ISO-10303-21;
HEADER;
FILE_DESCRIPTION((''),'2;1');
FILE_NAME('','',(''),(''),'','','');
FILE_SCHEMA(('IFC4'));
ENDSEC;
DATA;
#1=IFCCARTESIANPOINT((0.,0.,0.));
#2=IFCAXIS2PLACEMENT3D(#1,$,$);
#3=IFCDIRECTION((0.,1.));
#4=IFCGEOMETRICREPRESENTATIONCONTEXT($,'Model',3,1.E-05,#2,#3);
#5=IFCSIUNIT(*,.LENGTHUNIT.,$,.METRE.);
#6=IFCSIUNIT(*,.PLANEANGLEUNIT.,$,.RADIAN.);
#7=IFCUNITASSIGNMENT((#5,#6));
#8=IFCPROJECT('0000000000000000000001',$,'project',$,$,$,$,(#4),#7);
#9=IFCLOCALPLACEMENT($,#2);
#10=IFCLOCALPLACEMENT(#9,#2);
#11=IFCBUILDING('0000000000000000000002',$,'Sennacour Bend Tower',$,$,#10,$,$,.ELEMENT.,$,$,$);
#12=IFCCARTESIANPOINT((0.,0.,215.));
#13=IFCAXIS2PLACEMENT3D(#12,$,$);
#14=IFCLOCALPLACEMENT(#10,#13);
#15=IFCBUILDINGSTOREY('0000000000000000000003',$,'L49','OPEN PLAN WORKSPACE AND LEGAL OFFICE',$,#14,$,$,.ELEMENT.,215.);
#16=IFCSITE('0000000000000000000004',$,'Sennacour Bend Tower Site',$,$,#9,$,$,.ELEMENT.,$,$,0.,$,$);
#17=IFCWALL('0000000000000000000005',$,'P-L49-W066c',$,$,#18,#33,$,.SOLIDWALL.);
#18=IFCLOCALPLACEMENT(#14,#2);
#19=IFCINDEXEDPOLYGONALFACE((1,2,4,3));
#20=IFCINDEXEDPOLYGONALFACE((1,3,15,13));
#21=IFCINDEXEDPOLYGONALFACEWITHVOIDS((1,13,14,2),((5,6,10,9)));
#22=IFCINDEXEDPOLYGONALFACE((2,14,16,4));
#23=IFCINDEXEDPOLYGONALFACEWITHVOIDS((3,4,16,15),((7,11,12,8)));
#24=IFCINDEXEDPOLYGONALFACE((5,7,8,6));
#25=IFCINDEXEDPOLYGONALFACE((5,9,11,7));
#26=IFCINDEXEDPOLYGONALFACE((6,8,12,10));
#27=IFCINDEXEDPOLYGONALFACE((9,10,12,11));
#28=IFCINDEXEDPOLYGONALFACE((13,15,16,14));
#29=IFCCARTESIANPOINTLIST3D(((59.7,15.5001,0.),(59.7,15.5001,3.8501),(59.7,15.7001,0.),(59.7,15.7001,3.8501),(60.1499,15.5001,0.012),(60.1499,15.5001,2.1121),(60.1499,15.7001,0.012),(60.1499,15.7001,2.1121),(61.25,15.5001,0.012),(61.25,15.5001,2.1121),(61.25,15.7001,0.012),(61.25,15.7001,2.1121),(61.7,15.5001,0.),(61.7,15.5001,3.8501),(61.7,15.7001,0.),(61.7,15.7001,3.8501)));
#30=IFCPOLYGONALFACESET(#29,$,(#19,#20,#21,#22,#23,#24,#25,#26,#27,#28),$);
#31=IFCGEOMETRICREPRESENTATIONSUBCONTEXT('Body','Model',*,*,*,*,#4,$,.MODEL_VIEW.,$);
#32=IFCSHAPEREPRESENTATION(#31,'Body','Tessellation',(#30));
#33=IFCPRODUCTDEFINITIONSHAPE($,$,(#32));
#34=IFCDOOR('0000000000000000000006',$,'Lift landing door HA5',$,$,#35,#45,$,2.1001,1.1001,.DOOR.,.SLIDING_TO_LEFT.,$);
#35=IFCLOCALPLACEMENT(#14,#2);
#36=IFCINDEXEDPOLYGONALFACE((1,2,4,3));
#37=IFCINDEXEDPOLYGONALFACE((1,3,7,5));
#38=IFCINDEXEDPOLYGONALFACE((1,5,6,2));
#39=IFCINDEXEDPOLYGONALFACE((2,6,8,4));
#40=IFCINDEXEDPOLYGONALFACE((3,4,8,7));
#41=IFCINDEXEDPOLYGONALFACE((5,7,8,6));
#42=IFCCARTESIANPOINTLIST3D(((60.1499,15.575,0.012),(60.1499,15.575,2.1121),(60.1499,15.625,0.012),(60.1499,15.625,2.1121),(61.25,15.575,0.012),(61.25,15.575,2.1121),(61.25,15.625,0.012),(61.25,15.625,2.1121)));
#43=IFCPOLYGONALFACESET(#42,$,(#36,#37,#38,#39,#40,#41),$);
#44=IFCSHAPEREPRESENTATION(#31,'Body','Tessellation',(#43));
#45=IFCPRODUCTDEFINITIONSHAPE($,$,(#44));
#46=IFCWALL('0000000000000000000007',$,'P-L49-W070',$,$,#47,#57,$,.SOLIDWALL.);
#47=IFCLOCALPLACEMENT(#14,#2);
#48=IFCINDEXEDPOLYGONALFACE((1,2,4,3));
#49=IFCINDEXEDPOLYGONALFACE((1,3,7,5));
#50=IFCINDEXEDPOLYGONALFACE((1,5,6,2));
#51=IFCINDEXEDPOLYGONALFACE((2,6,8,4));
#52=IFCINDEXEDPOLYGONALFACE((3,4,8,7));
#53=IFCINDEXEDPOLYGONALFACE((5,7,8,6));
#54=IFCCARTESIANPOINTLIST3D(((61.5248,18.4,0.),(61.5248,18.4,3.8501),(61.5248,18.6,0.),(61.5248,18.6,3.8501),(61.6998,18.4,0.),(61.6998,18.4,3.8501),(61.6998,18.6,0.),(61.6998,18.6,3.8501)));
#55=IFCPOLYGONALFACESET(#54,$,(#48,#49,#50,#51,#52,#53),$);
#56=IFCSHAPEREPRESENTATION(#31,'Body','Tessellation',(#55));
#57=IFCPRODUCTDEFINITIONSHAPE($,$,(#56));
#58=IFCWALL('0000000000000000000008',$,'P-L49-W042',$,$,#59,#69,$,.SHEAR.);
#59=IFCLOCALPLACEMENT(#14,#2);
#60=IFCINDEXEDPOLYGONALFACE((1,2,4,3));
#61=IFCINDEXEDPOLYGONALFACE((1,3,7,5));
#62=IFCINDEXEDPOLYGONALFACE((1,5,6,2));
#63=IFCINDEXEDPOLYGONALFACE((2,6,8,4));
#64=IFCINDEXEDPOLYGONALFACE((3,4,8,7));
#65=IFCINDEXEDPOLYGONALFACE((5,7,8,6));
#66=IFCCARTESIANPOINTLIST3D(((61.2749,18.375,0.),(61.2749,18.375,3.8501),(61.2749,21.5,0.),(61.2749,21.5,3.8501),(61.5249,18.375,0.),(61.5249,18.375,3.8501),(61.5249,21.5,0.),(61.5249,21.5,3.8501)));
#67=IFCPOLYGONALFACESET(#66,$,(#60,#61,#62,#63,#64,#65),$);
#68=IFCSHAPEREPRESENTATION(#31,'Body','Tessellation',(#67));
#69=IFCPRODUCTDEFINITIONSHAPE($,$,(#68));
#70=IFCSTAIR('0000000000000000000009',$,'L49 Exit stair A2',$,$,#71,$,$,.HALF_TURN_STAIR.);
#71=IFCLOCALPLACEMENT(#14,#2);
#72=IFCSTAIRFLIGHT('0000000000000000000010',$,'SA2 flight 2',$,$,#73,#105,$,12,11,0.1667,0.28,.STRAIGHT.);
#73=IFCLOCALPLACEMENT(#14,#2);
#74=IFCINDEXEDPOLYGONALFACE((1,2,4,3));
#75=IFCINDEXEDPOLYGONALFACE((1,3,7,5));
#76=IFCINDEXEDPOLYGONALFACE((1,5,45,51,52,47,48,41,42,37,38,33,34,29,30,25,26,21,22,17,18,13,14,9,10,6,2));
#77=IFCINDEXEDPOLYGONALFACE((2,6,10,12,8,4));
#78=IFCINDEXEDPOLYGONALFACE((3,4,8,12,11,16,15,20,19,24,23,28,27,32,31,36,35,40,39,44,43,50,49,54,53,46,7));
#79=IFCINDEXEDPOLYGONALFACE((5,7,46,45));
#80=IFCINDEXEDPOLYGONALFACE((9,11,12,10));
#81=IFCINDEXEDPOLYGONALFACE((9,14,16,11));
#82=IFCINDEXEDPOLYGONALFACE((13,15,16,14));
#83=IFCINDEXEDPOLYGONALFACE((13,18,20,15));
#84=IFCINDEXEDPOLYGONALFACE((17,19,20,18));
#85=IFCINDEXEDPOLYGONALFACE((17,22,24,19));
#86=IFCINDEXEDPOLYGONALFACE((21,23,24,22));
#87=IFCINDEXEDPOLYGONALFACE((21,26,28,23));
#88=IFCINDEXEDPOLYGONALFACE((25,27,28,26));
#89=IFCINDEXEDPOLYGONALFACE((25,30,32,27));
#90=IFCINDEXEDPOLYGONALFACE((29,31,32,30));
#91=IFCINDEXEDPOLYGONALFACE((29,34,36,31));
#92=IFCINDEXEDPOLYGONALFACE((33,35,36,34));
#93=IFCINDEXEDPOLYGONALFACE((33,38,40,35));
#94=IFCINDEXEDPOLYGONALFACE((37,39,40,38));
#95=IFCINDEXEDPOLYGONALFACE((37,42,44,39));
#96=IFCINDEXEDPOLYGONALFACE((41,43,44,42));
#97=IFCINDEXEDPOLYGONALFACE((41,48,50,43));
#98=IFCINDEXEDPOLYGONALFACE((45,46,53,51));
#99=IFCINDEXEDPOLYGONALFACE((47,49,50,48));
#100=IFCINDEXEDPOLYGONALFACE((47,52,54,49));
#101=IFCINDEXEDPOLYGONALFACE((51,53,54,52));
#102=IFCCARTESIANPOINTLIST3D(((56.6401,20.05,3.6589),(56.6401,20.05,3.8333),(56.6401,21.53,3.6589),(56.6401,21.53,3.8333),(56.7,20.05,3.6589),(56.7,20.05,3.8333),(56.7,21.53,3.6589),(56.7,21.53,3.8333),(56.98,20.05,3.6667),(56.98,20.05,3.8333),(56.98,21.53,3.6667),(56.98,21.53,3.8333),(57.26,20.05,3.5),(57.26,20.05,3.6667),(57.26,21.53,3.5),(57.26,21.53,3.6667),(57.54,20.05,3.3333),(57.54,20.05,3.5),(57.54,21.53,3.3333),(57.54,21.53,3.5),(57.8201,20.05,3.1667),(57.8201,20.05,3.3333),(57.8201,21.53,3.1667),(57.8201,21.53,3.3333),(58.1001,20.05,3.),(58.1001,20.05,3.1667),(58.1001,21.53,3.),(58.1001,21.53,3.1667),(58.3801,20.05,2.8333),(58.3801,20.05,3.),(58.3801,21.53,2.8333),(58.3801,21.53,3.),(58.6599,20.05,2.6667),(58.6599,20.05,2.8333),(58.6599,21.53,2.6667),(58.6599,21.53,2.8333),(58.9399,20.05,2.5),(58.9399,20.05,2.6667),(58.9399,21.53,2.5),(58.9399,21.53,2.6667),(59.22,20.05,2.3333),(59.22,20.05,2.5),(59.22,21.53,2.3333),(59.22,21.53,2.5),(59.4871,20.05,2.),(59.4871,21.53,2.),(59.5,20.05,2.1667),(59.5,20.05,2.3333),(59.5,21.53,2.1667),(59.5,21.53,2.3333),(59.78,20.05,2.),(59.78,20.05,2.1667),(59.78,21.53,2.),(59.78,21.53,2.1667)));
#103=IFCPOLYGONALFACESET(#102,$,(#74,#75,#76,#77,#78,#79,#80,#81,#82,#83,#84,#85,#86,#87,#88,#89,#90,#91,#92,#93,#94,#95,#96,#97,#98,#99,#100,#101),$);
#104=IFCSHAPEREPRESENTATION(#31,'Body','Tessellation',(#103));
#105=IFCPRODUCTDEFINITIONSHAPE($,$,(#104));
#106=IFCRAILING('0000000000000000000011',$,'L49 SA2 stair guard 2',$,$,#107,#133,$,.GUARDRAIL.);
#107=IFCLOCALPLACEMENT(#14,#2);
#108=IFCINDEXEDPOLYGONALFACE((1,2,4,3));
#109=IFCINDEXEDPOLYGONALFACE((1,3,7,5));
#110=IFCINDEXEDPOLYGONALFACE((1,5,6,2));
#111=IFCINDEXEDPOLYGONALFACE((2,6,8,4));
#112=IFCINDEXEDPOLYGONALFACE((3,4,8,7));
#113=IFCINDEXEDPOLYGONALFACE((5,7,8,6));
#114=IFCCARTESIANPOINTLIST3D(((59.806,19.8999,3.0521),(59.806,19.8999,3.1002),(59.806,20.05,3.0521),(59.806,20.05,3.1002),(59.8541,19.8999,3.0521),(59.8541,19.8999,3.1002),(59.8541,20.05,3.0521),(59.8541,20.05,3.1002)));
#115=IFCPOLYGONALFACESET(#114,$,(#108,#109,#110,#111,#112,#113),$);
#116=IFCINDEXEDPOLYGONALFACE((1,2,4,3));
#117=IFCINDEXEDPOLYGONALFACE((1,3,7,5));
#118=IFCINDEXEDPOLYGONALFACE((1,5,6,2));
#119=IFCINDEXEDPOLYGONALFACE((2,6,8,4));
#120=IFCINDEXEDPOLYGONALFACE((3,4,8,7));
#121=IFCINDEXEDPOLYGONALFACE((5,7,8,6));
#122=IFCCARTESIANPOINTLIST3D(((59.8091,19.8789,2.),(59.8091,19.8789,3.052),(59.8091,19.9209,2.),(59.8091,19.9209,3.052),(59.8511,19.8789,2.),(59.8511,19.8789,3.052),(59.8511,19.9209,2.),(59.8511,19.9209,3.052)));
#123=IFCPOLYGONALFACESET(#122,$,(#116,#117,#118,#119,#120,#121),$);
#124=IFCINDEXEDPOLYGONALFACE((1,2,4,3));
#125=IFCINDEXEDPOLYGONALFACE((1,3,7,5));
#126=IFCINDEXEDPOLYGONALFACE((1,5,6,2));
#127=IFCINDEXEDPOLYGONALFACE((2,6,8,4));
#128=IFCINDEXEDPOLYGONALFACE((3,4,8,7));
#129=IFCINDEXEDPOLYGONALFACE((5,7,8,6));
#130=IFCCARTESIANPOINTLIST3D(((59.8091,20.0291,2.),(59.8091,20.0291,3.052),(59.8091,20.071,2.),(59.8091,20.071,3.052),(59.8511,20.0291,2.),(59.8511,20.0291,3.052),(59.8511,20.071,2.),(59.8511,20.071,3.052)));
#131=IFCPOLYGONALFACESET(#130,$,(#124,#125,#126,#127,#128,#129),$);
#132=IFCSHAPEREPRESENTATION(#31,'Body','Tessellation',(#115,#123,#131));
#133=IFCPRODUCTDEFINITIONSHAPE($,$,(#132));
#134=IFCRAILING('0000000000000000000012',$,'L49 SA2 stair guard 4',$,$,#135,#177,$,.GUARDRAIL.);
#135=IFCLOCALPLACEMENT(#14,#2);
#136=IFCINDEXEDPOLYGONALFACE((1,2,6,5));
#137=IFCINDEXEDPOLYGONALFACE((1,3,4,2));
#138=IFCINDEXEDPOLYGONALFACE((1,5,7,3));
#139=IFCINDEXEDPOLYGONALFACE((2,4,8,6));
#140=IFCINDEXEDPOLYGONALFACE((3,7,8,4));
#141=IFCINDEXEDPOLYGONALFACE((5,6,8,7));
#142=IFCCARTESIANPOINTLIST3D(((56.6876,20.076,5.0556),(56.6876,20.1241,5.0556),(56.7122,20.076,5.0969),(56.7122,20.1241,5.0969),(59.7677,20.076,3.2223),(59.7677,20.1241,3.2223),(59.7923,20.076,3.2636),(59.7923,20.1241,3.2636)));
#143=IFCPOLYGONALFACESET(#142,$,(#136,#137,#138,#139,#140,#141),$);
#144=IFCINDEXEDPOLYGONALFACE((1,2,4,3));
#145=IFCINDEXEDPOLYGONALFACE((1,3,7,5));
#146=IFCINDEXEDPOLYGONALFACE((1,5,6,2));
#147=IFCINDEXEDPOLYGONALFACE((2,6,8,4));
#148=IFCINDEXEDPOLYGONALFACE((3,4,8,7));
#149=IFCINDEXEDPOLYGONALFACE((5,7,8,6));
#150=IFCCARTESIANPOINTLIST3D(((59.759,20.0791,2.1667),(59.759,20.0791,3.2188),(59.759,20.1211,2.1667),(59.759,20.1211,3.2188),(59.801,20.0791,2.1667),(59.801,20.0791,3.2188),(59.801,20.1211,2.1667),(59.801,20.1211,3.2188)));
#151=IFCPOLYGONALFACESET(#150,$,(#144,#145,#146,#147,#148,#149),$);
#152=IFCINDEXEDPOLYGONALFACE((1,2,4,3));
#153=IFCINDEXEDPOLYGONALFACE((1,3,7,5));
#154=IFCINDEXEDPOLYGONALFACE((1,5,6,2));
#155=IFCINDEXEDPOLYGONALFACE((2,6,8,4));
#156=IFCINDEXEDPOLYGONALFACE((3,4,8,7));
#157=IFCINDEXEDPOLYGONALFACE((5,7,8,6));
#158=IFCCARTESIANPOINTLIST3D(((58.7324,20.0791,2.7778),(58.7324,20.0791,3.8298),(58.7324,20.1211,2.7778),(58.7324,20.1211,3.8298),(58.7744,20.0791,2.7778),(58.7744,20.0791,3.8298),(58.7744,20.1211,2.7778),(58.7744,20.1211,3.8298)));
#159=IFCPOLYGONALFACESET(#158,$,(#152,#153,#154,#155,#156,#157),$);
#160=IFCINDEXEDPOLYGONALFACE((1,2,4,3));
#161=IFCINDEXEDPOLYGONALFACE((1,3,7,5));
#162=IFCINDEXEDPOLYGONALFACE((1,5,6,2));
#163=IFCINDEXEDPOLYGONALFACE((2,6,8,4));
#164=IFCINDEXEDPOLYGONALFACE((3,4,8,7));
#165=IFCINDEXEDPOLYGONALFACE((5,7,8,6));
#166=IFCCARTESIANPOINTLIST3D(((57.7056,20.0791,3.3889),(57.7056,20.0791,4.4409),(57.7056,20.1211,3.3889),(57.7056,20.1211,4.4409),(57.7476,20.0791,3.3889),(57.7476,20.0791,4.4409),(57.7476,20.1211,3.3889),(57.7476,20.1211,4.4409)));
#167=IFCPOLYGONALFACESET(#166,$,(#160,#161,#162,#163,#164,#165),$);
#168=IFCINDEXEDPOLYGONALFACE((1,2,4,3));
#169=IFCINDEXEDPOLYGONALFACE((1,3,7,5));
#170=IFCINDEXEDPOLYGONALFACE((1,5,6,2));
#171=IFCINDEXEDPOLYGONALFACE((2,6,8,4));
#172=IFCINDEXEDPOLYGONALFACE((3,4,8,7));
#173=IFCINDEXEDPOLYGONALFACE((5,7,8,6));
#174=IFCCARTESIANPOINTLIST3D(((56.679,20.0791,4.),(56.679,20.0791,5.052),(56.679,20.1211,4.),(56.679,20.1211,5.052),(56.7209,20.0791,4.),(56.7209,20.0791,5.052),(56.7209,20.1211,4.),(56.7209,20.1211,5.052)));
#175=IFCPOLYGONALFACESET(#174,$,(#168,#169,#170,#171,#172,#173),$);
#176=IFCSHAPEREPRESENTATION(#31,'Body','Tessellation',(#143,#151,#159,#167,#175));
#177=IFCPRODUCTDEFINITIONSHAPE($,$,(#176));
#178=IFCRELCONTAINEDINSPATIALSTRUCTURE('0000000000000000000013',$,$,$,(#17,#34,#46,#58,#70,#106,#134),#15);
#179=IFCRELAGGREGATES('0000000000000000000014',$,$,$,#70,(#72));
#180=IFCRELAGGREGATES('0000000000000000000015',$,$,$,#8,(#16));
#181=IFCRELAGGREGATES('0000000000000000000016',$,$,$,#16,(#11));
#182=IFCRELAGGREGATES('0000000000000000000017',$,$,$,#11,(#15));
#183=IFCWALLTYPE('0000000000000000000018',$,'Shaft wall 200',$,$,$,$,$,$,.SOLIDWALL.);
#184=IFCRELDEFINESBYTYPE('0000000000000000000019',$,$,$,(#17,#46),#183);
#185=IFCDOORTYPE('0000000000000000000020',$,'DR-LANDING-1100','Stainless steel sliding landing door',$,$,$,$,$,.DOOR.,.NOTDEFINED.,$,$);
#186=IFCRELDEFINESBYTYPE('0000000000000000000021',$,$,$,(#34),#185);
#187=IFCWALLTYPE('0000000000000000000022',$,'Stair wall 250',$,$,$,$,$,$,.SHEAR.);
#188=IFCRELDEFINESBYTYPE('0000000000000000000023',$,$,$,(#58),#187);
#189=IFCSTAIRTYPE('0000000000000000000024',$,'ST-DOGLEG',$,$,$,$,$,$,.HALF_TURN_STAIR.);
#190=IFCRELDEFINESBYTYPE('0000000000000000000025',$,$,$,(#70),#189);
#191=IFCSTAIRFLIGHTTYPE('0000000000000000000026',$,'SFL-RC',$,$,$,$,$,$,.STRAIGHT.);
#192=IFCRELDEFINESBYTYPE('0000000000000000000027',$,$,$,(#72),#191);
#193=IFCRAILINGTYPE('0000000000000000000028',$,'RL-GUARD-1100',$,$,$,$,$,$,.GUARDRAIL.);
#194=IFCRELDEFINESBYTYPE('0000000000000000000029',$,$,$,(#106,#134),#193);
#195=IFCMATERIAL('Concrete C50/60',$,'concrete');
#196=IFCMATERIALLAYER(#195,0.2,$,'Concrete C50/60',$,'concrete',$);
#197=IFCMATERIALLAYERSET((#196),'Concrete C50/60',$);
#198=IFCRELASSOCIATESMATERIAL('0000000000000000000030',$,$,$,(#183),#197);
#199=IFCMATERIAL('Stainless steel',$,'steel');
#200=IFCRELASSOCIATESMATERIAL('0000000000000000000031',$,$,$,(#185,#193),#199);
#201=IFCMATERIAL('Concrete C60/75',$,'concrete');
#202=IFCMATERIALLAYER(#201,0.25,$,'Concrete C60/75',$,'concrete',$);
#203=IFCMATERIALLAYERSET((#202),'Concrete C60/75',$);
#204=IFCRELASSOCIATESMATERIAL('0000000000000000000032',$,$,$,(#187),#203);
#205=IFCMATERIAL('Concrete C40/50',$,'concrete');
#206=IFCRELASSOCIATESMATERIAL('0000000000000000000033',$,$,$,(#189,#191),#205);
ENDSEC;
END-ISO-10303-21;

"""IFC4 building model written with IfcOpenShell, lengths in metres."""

from ifc_helpers import new_model, si_unit, direction, frame, frame_2d, origin, origin_2d, place, context, subcontext, project, spatial, polyline, rectangle, outline, extrude, material, layer, layer_set, type_object, element, fill, aggregate, save


model = new_model("IFC4")

# Units and contexts
model_context = context("Model", 3, precision=1e-05, world=origin(), true_north=direction((0.0, 1.0)))
body_context = subcontext(model_context, "Body", "Model", "MODEL_VIEW")
ifc_project = project(units=[si_unit("LENGTHUNIT", "METRE"), si_unit("PLANEANGLEUNIT", "RADIAN")], contexts=[model_context])

# Site, building, storey
site_placement = place(None, origin())
site = spatial("IfcSite", under=ifc_project, at=site_placement, Name="Sennacour Bend Tower Site", CompositionType="ELEMENT", RefElevation=0.0)
building_placement = place(site_placement, origin())
building = spatial("IfcBuilding", under=site, at=building_placement, Name="Sennacour Bend Tower", CompositionType="ELEMENT")
storey_placement = place(building_placement, frame((0.0, 0.0, 215.0)))
storey = spatial("IfcBuildingStorey", under=building, at=storey_placement, Name="L49", Description="OPEN PLAN WORKSPACE AND LEGAL OFFICE", CompositionType="ELEMENT", Elevation=215.0)

# Shared definitions
ifc_material_1 = material(Name="Concrete C50/60", Category="concrete")
ifc_layer_1 = layer(ifc_material_1, 0.2, Name="Concrete C50/60", Category="concrete")
ifc_layer_set_1 = layer_set([ifc_layer_1], Name="Concrete C50/60")
wall_type_1 = type_object("IfcWallType", Name="Shaft wall 200", PredefinedType="SOLIDWALL", material=ifc_layer_set_1)

# Shared definitions
ifc_material_2 = material(Name="Stainless steel", Category="steel")
door_type_1 = type_object("IfcDoorType", Name="DR-LANDING-1100", Description="Stainless steel sliding landing door", OperationType="NOTDEFINED", PredefinedType="DOOR", material=ifc_material_2)

# Wall, opening, door
wall_1_placement = place(storey_placement, frame((59.7, 15.6001, 0.0), z_axis=(0.0, 0.0, 1.0), x_axis=(1.0, 0.0, 0.0)))
wall_1 = element("IfcWall", 1, at=wall_1_placement, inside=storey, type_object=wall_type_1, Name="P-L49-W066c", PredefinedType="SOLIDWALL", context=body_context, shape_type="SweptSolid", body=[
    extrude(rectangle(XDim=2.0, YDim=0.2, at=frame_2d((1.0, 0.0))), origin(), (0.0, 0.0, 1.0), 3.8501),
])
opening_1_placement = place(wall_1_placement, frame((0.45, 0.0, 0.012)))
opening_1 = element("IfcOpeningElement", 2, at=opening_1_placement, cuts=wall_1, PredefinedType="OPENING", context=body_context, shape_type="SweptSolid", body=[
    extrude(rectangle(XDim=1.1001, YDim=2.1001, at=frame_2d((0.55, 1.05))), frame((0.0, 0.1099, 0.0), z_axis=(0.0, -1.0, 0.0), x_axis=(1.0, 0.0, 0.0)), (0.0, 0.0, 1.0), 0.22),
])
door_1_placement = place(opening_1_placement, origin())
door_1 = element("IfcDoor", 3, at=door_1_placement, inside=storey, type_object=door_type_1, Name="Lift landing door HA5", OperationType="SLIDING_TO_LEFT", OverallHeight=2.1001, OverallWidth=1.1001, PredefinedType="DOOR", context=body_context, shape_type="SweptSolid", body=[
    extrude(rectangle(XDim=1.1001, YDim=2.1001, at=frame_2d((0.55, 1.05))), frame((0.0, 0.0249, 0.0), z_axis=(0.0, -1.0, 0.0), x_axis=(1.0, 0.0, 0.0)), (0.0, 0.0, 1.0), 0.05),
])
fill(opening_1, door_1)

# Walls
wall_2_placement = place(storey_placement, frame((61.5249, 18.5, 0.0), z_axis=(0.0, 0.0, 1.0), x_axis=(1.0, 0.0, 0.0)))
element("IfcWall", 4, at=wall_2_placement, inside=storey, type_object=wall_type_1, Name="P-L49-W070", PredefinedType="SOLIDWALL", context=body_context, shape_type="SweptSolid", body=[
    extrude(rectangle(XDim=0.175, YDim=0.2, at=frame_2d((0.0874, 0.0))), origin(), (0.0, 0.0, 1.0), 3.8501),
])
ifc_material_3 = material(Name="Concrete C60/75", Category="concrete")
ifc_layer_2 = layer(ifc_material_3, 0.25, Name="Concrete C60/75", Category="concrete")
ifc_layer_set_2 = layer_set([ifc_layer_2], Name="Concrete C60/75")
wall_type_2 = type_object("IfcWallType", Name="Stair wall 250", PredefinedType="SHEAR", material=ifc_layer_set_2)
wall_3_placement = place(storey_placement, frame((61.3999, 18.375, 0.0), z_axis=(0.0, 0.0, 1.0), x_axis=(0.0, 1.0, 0.0)))
element("IfcWall", 5, at=wall_3_placement, inside=storey, type_object=wall_type_2, Name="P-L49-W042", PredefinedType="SHEAR", context=body_context, shape_type="SweptSolid", body=[
    extrude(rectangle(XDim=3.125, YDim=0.25, at=frame_2d((1.5625, 0.0))), origin(), (0.0, 0.0, 1.0), 3.8501),
])

# Stair, stair flight
ifc_material_4 = material(Name="Concrete C40/50", Category="concrete")
stair_type = type_object("IfcStairType", Name="ST-DOGLEG", PredefinedType="HALF_TURN_STAIR", material=ifc_material_4)
stair_placement = place(storey_placement, origin())
stair = element("IfcStair", 6, at=stair_placement, inside=storey, type_object=stair_type, Name="L49 Exit stair A2", PredefinedType="HALF_TURN_STAIR")
stair_flight_type = type_object("IfcStairFlightType", Name="SFL-RC", PredefinedType="STRAIGHT", material=ifc_material_4)
stair_flight_placement = place(storey_placement, frame((59.78, 20.79, 2.0), z_axis=(0.0, 0.0, 1.0), x_axis=(-1.0, 0.0, 0.0)))
stair_flight = element("IfcStairFlight", 7, at=stair_flight_placement, type_object=stair_flight_type, Name="SA2 flight 2", NumberOfRisers=12, NumberOfTreads=11, PredefinedType="STRAIGHT", RiserHeight=0.1667, TreadLength=0.28, context=body_context, shape_type="SweptSolid", body=[
    extrude(outline(polyline([(0.0, 0.0), (0.0, 0.1667), (0.28, 0.1667), (0.28, 0.3333), (0.5601, 0.3333), (0.5601, 0.5), (0.8401, 0.5), (0.8401, 0.6667), (1.1201, 0.6667), (1.1201, 0.8333), (1.3999, 0.8333), (1.3999, 1.0), (1.6799, 1.0), (1.6799, 1.1667), (1.96, 1.1667), (1.96, 1.3333), (2.24, 1.3333), (2.24, 1.5), (2.52, 1.5), (2.52, 1.6667), (2.8, 1.6667), (2.8, 1.8333), (3.0801, 1.8333), (3.1399, 1.8333), (3.1399, 1.6589), (3.0801, 1.6589), (0.293, 0.0), (0.0, 0.0)])), frame((0.0, 0.74, 0.0), z_axis=(0.0, -1.0, 0.0), x_axis=(1.0, 0.0, 0.0)), (0.0, 0.0, 1.0), 1.48),
])
aggregate(stair, [stair_flight])

# Railings
railing_type_1 = type_object("IfcRailingType", Name="RL-GUARD-1100", PredefinedType="GUARDRAIL", material=ifc_material_2)
railing_1_placement = place(storey_placement, frame((59.8301, 19.8999, 2.0)))
element("IfcRailing", 8, at=railing_1_placement, inside=storey, type_object=railing_type_1, Name="L49 SA2 stair guard 2", PredefinedType="GUARDRAIL", context=body_context, shape_type="SweptSolid", body=[
    extrude(rectangle(XDim=0.0481, YDim=0.0481, at=origin_2d()), frame((0.0, 0.0, 1.0762), z_axis=(0.0, 1.0, 0.0), x_axis=(-1.0, 0.0, 0.0)), (0.0, 0.0, 1.0), 0.1501),
    extrude(rectangle(XDim=0.042, YDim=0.042, at=origin_2d()), origin(), (0.0, 0.0, 1.0), 1.052),
    extrude(rectangle(XDim=0.042, YDim=0.042, at=origin_2d()), frame((0.0, 0.1501, 0.0)), (0.0, 0.0, 1.0), 1.052),
])
railing_2_placement = place(storey_placement, frame((59.78, 20.1001, 2.1667)))
element("IfcRailing", 9, at=railing_2_placement, inside=storey, type_object=railing_type_1, Name="L49 SA2 stair guard 4", PredefinedType="GUARDRAIL", context=body_context, shape_type="SweptSolid", body=[
    extrude(rectangle(XDim=0.0481, YDim=0.0481, at=origin_2d()), frame((0.0, 0.0, 1.0762), z_axis=(-0.859309, 0.0, 0.511458), x_axis=(0.0, -1.0, 0.0)), (0.0, 0.0, 1.0), 3.5845),
    extrude(rectangle(XDim=0.042, YDim=0.042, at=origin_2d()), origin(), (0.0, 0.0, 1.0), 1.052),
    extrude(rectangle(XDim=0.042, YDim=0.042, at=origin_2d()), frame((-1.0266, 0.0, 0.6111)), (0.0, 0.0, 1.0), 1.052),
    extrude(rectangle(XDim=0.042, YDim=0.042, at=origin_2d()), frame((-2.0535, 0.0, 1.2222)), (0.0, 0.0, 1.0), 1.052),
    extrude(rectangle(XDim=0.042, YDim=0.042, at=origin_2d()), frame((-3.0801, 0.0, 1.8333)), (0.0, 0.0, 1.0), 1.052),
])

save(model, "model.ifc")
